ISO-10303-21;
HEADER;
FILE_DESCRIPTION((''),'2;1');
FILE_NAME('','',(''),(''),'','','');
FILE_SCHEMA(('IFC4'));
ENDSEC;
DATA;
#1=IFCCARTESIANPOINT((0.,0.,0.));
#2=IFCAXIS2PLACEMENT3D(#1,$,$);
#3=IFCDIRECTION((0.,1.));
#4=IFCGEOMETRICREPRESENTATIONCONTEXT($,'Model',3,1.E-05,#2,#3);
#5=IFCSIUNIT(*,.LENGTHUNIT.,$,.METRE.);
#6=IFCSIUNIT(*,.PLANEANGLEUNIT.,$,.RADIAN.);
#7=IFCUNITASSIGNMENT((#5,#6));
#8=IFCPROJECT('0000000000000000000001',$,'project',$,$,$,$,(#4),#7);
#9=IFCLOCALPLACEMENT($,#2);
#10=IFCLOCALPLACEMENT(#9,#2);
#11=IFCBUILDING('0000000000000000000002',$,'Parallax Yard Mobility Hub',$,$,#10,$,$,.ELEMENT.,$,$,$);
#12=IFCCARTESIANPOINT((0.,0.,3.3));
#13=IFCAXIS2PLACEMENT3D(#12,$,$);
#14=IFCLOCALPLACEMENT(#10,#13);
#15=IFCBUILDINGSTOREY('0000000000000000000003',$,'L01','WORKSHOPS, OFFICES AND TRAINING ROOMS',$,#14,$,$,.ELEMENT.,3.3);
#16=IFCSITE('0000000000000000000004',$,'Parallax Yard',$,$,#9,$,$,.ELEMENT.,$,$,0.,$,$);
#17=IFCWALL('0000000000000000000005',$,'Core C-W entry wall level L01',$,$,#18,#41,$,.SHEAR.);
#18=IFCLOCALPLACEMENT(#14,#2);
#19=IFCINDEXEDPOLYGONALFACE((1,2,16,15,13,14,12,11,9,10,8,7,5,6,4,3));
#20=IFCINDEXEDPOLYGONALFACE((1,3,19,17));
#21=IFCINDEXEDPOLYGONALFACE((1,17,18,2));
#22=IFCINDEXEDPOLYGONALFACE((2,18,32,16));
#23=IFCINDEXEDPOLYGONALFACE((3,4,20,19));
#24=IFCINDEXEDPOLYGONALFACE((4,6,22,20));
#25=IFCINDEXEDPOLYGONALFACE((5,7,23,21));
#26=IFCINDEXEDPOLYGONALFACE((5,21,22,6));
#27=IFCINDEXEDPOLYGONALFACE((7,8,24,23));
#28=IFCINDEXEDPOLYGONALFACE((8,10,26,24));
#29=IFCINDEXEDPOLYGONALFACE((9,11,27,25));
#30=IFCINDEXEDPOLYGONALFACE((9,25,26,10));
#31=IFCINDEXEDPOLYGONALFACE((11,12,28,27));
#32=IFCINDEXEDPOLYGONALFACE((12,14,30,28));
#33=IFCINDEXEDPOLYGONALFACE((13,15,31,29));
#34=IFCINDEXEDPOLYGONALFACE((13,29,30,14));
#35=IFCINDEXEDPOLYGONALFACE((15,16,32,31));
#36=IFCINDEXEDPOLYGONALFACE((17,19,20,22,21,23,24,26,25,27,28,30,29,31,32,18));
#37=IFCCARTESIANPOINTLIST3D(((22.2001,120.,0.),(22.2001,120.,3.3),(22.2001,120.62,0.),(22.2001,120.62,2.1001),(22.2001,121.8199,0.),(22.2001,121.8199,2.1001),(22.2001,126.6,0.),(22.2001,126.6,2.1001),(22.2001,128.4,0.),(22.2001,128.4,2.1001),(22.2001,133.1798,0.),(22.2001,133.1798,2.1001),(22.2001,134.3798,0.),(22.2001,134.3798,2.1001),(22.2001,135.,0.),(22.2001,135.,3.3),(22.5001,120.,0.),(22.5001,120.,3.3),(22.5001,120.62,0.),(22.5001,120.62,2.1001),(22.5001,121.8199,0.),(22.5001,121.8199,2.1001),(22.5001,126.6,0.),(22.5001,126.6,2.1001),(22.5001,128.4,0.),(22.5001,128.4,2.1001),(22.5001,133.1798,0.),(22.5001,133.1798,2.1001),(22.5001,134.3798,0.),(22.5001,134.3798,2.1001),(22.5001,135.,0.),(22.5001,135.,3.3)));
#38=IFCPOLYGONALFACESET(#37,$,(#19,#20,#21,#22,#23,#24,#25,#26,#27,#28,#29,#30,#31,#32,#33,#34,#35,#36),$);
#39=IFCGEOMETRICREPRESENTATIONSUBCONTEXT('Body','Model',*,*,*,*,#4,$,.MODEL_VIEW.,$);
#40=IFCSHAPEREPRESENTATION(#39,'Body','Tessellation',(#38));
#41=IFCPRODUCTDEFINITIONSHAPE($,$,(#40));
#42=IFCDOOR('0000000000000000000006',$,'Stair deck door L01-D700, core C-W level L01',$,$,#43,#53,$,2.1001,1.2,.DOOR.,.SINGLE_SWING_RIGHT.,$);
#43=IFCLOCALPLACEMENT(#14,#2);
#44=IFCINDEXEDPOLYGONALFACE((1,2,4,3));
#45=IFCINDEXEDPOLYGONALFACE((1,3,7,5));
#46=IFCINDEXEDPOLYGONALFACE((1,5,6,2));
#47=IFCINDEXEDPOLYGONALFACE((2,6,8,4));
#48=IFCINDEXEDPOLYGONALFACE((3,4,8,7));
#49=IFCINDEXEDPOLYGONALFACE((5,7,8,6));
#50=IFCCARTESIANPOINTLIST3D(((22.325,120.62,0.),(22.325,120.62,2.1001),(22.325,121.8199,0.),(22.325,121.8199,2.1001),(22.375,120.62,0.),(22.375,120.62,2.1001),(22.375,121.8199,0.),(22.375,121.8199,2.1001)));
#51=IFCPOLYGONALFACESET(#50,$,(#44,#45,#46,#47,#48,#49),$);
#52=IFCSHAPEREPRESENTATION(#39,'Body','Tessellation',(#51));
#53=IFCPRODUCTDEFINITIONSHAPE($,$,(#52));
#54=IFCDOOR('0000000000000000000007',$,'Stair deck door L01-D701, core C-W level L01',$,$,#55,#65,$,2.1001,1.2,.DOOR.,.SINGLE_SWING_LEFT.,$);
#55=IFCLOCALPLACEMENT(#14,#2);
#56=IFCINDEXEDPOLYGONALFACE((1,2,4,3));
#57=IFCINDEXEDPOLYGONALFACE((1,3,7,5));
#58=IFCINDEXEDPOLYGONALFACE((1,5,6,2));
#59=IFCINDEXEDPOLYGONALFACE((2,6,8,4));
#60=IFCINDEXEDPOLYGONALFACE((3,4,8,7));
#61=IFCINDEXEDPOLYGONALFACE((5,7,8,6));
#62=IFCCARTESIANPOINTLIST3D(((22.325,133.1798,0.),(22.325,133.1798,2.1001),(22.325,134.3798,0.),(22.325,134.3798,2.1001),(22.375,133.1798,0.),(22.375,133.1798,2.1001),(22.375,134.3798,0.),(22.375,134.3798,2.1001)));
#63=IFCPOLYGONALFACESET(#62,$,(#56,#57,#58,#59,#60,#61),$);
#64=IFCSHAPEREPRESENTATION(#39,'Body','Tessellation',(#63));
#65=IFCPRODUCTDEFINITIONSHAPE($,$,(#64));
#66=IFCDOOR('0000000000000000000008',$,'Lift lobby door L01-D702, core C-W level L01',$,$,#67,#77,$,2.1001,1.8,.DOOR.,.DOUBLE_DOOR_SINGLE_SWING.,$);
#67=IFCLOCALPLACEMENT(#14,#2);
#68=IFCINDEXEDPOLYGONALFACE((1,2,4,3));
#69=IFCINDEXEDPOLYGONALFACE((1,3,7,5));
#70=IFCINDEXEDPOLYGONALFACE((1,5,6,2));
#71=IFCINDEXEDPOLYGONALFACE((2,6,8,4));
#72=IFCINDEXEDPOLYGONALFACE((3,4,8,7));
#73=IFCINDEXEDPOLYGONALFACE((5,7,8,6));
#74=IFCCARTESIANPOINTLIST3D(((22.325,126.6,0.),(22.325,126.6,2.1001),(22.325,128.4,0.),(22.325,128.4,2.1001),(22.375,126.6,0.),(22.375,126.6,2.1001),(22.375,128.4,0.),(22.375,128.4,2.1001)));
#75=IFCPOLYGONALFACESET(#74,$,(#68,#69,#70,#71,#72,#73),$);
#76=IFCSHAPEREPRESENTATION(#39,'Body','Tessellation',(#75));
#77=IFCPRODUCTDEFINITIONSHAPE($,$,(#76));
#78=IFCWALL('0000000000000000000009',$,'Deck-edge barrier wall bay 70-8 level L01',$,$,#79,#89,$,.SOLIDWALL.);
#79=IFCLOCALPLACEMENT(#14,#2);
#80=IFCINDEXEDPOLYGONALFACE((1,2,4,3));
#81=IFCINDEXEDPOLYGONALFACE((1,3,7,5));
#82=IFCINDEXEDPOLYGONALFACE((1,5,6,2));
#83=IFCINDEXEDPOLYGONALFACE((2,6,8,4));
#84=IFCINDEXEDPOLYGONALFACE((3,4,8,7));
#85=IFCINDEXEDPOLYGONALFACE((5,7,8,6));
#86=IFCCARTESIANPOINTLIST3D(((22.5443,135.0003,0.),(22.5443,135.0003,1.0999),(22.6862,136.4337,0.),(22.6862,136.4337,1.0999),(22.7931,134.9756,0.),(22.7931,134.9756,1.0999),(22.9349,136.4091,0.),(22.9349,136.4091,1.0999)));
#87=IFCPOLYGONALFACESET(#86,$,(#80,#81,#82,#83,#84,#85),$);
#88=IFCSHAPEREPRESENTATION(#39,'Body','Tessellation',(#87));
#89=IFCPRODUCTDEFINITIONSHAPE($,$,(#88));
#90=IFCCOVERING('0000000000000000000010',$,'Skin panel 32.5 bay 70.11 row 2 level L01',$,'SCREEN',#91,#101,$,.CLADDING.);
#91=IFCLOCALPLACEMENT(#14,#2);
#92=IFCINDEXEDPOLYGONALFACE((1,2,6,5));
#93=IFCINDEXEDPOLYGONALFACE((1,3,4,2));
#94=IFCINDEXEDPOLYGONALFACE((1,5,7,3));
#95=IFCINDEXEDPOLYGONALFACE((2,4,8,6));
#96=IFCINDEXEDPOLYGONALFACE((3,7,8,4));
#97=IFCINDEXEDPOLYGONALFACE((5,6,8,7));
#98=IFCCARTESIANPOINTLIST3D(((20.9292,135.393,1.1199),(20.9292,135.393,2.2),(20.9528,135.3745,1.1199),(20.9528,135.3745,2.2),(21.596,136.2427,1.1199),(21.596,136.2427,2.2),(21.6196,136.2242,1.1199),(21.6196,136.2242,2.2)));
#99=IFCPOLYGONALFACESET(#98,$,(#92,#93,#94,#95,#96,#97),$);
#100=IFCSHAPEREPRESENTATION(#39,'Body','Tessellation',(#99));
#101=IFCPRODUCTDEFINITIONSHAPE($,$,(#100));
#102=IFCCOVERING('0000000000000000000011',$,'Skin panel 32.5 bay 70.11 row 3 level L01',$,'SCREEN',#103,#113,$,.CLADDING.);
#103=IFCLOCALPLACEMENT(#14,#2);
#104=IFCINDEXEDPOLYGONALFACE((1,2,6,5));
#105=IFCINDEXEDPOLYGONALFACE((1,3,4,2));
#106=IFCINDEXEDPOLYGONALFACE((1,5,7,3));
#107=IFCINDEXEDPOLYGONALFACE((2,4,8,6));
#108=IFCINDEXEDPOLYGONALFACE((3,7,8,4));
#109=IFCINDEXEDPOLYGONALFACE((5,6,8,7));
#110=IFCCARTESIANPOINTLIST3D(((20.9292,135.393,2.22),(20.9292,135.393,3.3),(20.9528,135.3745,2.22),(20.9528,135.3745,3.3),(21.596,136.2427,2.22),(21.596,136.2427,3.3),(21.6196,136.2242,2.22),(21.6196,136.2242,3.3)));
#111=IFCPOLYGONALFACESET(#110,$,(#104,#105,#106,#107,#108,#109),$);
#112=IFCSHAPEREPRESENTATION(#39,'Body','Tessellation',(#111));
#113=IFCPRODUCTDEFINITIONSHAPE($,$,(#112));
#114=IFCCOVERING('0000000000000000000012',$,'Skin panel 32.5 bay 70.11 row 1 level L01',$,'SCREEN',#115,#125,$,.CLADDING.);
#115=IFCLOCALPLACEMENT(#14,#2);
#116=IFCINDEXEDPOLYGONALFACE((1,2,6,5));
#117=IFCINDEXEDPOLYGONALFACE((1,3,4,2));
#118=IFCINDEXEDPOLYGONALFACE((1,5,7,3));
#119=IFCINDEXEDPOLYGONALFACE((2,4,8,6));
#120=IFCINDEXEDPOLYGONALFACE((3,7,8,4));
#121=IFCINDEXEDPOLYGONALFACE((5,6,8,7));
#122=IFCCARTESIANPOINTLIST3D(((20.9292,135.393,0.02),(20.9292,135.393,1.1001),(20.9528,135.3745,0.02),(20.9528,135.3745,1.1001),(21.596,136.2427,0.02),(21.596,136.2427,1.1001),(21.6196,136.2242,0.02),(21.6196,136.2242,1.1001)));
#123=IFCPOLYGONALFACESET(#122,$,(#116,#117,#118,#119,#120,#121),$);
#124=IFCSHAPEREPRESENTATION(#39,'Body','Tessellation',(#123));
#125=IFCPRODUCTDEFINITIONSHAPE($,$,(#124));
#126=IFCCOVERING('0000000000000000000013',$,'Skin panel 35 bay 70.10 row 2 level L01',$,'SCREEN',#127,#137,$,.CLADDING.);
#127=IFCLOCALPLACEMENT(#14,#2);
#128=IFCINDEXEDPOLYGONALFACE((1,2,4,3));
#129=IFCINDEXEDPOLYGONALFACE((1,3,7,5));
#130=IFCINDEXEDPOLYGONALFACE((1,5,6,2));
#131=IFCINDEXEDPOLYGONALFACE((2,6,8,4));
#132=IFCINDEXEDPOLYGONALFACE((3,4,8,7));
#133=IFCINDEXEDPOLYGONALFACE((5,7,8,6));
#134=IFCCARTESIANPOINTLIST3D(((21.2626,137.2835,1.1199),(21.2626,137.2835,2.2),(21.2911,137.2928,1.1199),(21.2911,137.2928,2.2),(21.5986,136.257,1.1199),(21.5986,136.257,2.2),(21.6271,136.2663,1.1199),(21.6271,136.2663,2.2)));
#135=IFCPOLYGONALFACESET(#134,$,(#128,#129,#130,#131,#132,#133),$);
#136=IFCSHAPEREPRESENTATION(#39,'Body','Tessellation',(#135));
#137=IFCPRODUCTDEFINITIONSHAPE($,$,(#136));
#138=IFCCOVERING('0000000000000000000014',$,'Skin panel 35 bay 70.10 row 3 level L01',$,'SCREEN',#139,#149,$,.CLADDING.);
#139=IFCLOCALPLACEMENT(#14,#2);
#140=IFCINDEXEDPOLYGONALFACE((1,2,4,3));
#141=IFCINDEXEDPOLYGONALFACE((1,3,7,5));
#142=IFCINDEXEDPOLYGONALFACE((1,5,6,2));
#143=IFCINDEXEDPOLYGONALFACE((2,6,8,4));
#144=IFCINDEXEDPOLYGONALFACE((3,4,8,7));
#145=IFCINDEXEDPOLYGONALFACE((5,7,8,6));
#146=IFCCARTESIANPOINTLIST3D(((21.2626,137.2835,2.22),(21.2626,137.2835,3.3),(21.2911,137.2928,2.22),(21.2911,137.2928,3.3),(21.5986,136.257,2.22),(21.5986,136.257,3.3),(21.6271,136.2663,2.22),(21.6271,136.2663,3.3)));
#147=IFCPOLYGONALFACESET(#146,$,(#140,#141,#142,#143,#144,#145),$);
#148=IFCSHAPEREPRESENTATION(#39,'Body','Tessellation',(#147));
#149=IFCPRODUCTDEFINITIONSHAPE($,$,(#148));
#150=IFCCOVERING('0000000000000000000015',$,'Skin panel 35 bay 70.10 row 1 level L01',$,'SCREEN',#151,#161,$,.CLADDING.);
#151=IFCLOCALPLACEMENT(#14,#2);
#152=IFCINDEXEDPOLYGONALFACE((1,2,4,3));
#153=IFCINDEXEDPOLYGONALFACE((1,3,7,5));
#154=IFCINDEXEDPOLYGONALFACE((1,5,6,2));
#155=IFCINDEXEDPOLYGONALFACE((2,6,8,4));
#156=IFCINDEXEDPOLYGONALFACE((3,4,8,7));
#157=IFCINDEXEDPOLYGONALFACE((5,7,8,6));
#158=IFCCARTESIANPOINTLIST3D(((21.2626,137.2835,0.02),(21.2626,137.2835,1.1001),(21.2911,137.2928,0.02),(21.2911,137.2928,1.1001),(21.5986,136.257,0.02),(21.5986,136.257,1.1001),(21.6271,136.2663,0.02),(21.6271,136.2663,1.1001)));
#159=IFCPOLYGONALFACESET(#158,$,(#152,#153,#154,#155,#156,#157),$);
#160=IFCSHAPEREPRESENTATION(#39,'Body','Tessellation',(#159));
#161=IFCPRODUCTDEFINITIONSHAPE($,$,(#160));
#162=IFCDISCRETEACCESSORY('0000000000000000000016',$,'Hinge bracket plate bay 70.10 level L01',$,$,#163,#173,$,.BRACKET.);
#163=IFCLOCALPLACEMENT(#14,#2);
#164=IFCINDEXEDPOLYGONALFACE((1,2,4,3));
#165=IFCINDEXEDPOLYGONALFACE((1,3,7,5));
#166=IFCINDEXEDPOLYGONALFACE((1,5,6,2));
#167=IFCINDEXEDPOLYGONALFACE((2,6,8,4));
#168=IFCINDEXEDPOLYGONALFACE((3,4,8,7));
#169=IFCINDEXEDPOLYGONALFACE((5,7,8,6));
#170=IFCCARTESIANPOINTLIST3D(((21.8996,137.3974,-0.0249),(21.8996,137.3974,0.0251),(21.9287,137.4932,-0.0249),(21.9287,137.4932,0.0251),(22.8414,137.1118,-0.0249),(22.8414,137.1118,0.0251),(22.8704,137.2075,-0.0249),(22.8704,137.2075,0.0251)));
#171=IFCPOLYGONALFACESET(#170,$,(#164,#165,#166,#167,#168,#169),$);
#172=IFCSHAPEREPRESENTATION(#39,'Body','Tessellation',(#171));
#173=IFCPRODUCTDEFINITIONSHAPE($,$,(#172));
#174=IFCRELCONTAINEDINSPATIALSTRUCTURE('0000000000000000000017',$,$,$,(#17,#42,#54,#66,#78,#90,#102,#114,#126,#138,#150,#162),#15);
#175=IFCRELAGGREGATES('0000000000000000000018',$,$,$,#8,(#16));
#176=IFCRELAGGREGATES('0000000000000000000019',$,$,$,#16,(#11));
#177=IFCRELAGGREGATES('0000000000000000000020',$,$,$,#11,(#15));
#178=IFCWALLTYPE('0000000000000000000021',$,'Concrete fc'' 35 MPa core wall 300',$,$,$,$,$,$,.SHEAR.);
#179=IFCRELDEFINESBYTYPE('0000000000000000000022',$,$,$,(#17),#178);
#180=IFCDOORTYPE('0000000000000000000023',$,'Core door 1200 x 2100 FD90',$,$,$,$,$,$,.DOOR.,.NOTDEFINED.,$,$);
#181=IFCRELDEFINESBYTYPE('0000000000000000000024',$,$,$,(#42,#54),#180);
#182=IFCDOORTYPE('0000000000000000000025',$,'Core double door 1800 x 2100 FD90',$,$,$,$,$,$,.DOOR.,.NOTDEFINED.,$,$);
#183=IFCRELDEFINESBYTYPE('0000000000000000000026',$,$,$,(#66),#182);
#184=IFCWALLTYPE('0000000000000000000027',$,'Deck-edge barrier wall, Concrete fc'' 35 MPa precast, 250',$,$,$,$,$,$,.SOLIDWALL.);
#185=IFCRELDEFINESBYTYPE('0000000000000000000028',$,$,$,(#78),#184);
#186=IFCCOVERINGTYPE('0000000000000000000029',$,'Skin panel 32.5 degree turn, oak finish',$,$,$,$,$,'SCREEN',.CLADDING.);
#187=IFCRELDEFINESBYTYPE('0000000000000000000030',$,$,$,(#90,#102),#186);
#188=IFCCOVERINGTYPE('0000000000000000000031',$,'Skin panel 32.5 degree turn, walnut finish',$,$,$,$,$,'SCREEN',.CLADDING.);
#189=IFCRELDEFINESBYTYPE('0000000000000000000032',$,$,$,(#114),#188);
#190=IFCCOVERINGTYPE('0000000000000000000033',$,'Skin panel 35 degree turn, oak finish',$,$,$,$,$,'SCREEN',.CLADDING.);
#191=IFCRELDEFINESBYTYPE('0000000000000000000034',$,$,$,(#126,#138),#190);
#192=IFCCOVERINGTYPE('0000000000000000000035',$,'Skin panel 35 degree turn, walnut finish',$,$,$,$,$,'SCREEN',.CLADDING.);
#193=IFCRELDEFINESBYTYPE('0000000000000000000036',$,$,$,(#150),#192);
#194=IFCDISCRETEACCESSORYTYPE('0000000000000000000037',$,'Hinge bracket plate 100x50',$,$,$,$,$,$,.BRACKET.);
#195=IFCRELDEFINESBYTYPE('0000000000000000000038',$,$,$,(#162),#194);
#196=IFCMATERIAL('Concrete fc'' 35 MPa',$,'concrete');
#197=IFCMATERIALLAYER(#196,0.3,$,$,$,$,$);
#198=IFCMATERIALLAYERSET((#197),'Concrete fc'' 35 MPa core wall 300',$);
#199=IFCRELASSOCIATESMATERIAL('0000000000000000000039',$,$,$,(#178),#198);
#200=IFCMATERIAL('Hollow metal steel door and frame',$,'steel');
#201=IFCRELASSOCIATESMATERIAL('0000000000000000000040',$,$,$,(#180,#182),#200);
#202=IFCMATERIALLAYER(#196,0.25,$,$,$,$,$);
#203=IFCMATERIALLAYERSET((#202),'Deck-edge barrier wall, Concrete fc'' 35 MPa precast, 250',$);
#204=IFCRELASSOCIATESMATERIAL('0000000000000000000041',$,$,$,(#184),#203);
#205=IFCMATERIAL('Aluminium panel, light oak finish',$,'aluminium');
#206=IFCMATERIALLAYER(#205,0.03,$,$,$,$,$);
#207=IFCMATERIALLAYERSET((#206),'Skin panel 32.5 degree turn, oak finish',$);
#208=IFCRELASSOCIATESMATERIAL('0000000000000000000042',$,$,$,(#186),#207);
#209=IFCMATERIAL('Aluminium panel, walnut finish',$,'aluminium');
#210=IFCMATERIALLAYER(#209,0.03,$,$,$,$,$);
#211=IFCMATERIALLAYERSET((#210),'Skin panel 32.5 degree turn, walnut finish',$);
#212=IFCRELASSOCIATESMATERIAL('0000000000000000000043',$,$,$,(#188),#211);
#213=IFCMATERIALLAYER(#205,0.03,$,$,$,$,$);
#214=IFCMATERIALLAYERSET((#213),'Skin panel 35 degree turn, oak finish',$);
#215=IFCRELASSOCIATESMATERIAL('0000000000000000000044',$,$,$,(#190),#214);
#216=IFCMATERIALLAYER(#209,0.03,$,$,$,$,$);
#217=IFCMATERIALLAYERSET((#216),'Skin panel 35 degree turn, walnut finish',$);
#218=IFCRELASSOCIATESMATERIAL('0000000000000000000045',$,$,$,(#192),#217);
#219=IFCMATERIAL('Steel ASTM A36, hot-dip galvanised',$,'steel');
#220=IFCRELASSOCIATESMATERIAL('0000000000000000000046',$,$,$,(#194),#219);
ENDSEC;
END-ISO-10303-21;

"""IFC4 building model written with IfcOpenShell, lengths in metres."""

from ifc_helpers import new_model, si_unit, direction, frame, frame_2d, origin, origin_2d, place, context, subcontext, project, spatial, rectangle, extrude, material, layer, layer_set, type_object, element, fill, save


model = new_model("IFC4")

# Units and contexts
model_context = context("Model", 3, precision=1e-05, world=origin(), true_north=direction((0.0, 1.0)))
body_context = subcontext(model_context, "Body", "Model", "MODEL_VIEW")
ifc_project = project(units=[si_unit("LENGTHUNIT", "METRE"), si_unit("PLANEANGLEUNIT", "RADIAN")], contexts=[model_context])

# Site, building, storey
site_placement = place(None, origin())
site = spatial("IfcSite", under=ifc_project, at=site_placement, Name="Parallax Yard", CompositionType="ELEMENT", RefElevation=0.0)
building_placement = place(site_placement, origin())
building = spatial("IfcBuilding", under=site, at=building_placement, Name="Parallax Yard Mobility Hub", CompositionType="ELEMENT")
storey_placement = place(building_placement, frame((0.0, 0.0, 3.3)))
storey = spatial("IfcBuildingStorey", under=building, at=storey_placement, Name="L01", Description="WORKSHOPS, OFFICES AND TRAINING ROOMS", CompositionType="ELEMENT", Elevation=3.3)

# Wall, openings, doors
ifc_material_1 = material(Name="Concrete fc' 35 MPa", Category="concrete")
ifc_layer_1 = layer(ifc_material_1, 0.3)
ifc_layer_set_1 = layer_set([ifc_layer_1], Name="Concrete fc' 35 MPa core wall 300")
wall_type_1 = type_object("IfcWallType", Name="Concrete fc' 35 MPa core wall 300", PredefinedType="SHEAR", material=ifc_layer_set_1)
wall_1_placement = place(storey_placement, frame((22.3501, 135.0, 0.0), z_axis=(0.0, 0.0, 1.0), x_axis=(0.0, -1.0, 0.0)))
wall_1 = element("IfcWall", 1, at=wall_1_placement, inside=storey, type_object=wall_type_1, Name="Core C-W entry wall level L01", PredefinedType="SHEAR", context=body_context, shape_type="SweptSolid", body=[
    extrude(rectangle(XDim=15.0, YDim=0.3, at=frame_2d((7.5, 0.0))), origin(), (0.0, 0.0, 1.0), 3.3),
])
opening_1_placement = place(wall_1_placement, frame((13.1799, 0.0, 0.0)))
opening_1 = element("IfcOpeningElement", 2, at=opening_1_placement, cuts=wall_1, PredefinedType="OPENING", context=body_context, shape_type="SweptSolid", body=[
    extrude(rectangle(XDim=1.2, YDim=2.1001, at=frame_2d((0.6001, 1.05))), frame((0.0, 0.1602, 0.0), z_axis=(0.0, -1.0, 0.0), x_axis=(1.0, 0.0, 0.0)), (0.0, 0.0, 1.0), 0.3201),
])
opening_2_placement = place(wall_1_placement, frame((0.6201, 0.0, 0.0)))
opening_2 = element("IfcOpeningElement", 3, at=opening_2_placement, cuts=wall_1, PredefinedType="OPENING", context=body_context, shape_type="SweptSolid", body=[
    extrude(rectangle(XDim=1.2, YDim=2.1001, at=frame_2d((0.6001, 1.05))), frame((0.0, 0.1602, 0.0), z_axis=(0.0, -1.0, 0.0), x_axis=(1.0, 0.0, 0.0)), (0.0, 0.0, 1.0), 0.3201),
])
opening_3_placement = place(wall_1_placement, frame((6.6001, 0.0, 0.0)))
opening_3 = element("IfcOpeningElement", 4, at=opening_3_placement, cuts=wall_1, PredefinedType="OPENING", context=body_context, shape_type="SweptSolid", body=[
    extrude(rectangle(XDim=1.8, YDim=2.1001, at=frame_2d((0.8999, 1.05))), frame((0.0, 0.1602, 0.0), z_axis=(0.0, -1.0, 0.0), x_axis=(1.0, 0.0, 0.0)), (0.0, 0.0, 1.0), 0.3201),
])
ifc_material_2 = material(Name="Hollow metal steel door and frame", Category="steel")
door_type_1 = type_object("IfcDoorType", Name="Core door 1200 x 2100 FD90", OperationType="NOTDEFINED", PredefinedType="DOOR", material=ifc_material_2)
door_1_placement = place(opening_1_placement, origin())
door_1 = element("IfcDoor", 5, at=door_1_placement, inside=storey, type_object=door_type_1, Name="Stair deck door L01-D700, core C-W level L01", OperationType="SINGLE_SWING_RIGHT", OverallHeight=2.1001, OverallWidth=1.2, PredefinedType="DOOR", context=body_context, shape_type="SweptSolid", body=[
    extrude(rectangle(XDim=1.2, YDim=2.1001, at=frame_2d((0.6001, 1.05))), frame((0.0, 0.0249, 0.0), z_axis=(0.0, -1.0, 0.0), x_axis=(1.0, 0.0, 0.0)), (0.0, 0.0, 1.0), 0.05),
])
fill(opening_1, door_1)
door_2_placement = place(opening_2_placement, origin())
door_2 = element("IfcDoor", 6, at=door_2_placement, inside=storey, type_object=door_type_1, Name="Stair deck door L01-D701, core C-W level L01", OperationType="SINGLE_SWING_LEFT", OverallHeight=2.1001, OverallWidth=1.2, PredefinedType="DOOR", context=body_context, shape_type="SweptSolid", body=[
    extrude(rectangle(XDim=1.2, YDim=2.1001, at=frame_2d((0.6001, 1.05))), frame((0.0, 0.0249, 0.0), z_axis=(0.0, -1.0, 0.0), x_axis=(1.0, 0.0, 0.0)), (0.0, 0.0, 1.0), 0.05),
])
fill(opening_2, door_2)
door_type_2 = type_object("IfcDoorType", Name="Core double door 1800 x 2100 FD90", OperationType="NOTDEFINED", PredefinedType="DOOR", material=ifc_material_2)
door_3_placement = place(opening_3_placement, origin())
door_3 = element("IfcDoor", 7, at=door_3_placement, inside=storey, type_object=door_type_2, Name="Lift lobby door L01-D702, core C-W level L01", OperationType="DOUBLE_DOOR_SINGLE_SWING", OverallHeight=2.1001, OverallWidth=1.8, PredefinedType="DOOR", context=body_context, shape_type="SweptSolid", body=[
    extrude(rectangle(XDim=1.8, YDim=2.1001, at=frame_2d((0.8999, 1.05))), frame((0.0, 0.0249, 0.0), z_axis=(0.0, -1.0, 0.0), x_axis=(1.0, 0.0, 0.0)), (0.0, 0.0, 1.0), 0.05),
])
fill(opening_3, door_3)

# Wall
ifc_layer_2 = layer(ifc_material_1, 0.25)
ifc_layer_set_2 = layer_set([ifc_layer_2], Name="Deck-edge barrier wall, Concrete fc' 35 MPa precast, 250")
wall_type_2 = type_object("IfcWallType", Name="Deck-edge barrier wall, Concrete fc' 35 MPa precast, 250", PredefinedType="SOLIDWALL", material=ifc_layer_set_2)
wall_2_placement = place(storey_placement, frame((22.8105, 136.4214, 0.0), z_axis=(0.0, 0.0, 1.0), x_axis=(-0.09848, -0.995139, 0.0)))
element("IfcWall", 8, at=wall_2_placement, inside=storey, type_object=wall_type_2, Name="Deck-edge barrier wall bay 70-8 level L01", PredefinedType="SOLIDWALL", context=body_context, shape_type="SweptSolid", body=[
    extrude(rectangle(XDim=1.4404, YDim=0.25, at=frame_2d((0.7202, 0.0))), origin(), (0.0, 0.0, 1.0), 1.0999),
])

# Coverings
ifc_material_3 = material(Name="Aluminium panel, light oak finish", Category="aluminium")
ifc_layer_3 = layer(ifc_material_3, 0.03)
ifc_layer_set_3 = layer_set([ifc_layer_3], Name="Skin panel 32.5 degree turn, oak finish")
covering_type_1 = type_object("IfcCoveringType", Name="Skin panel 32.5 degree turn, oak finish", ElementType="SCREEN", PredefinedType="CLADDING", material=ifc_layer_set_3)
for number, where, z_axis, x_axis, name in (
    (9, (21.2744, 135.8086, 1.1199), (0.0, 0.0, 1.0), (-0.617379, -0.786666, 0.0), "Skin panel 32.5 bay 70.11 row 2 level L01"),
    (10, (21.2744, 135.8086, 2.22), (0.0, 0.0, 1.0), (-0.617379, -0.786666, 0.0), "Skin panel 32.5 bay 70.11 row 3 level L01"),
):
    element("IfcCovering", number, at=place(storey_placement, frame(where, z_axis=z_axis, x_axis=x_axis)), inside=storey, type_object=covering_type_1, Name=name, ObjectType="SCREEN", PredefinedType="CLADDING", context=body_context, shape_type="SweptSolid", body=[
        extrude(rectangle(XDim=1.0801, YDim=0.03, at=origin_2d()), origin(), (0.0, 0.0, 1.0), 1.0801),
    ])
ifc_material_4 = material(Name="Aluminium panel, walnut finish", Category="aluminium")
ifc_layer_4 = layer(ifc_material_4, 0.03)
ifc_layer_set_4 = layer_set([ifc_layer_4], Name="Skin panel 32.5 degree turn, walnut finish")
covering_type_2 = type_object("IfcCoveringType", Name="Skin panel 32.5 degree turn, walnut finish", ElementType="SCREEN", PredefinedType="CLADDING", material=ifc_layer_set_4)
covering_1_placement = place(storey_placement, frame((21.2744, 135.8086, 0.02), z_axis=(0.0, 0.0, 1.0), x_axis=(-0.617379, -0.786666, 0.0)))
element("IfcCovering", 11, at=covering_1_placement, inside=storey, type_object=covering_type_2, Name="Skin panel 32.5 bay 70.11 row 1 level L01", ObjectType="SCREEN", PredefinedType="CLADDING", context=body_context, shape_type="SweptSolid", body=[
    extrude(rectangle(XDim=1.0801, YDim=0.03, at=origin_2d()), origin(), (0.0, 0.0, 1.0), 1.0801),
])
ifc_layer_5 = layer(ifc_material_3, 0.03)
ifc_layer_set_5 = layer_set([ifc_layer_5], Name="Skin panel 35 degree turn, oak finish")
covering_type_3 = type_object("IfcCoveringType", Name="Skin panel 35 degree turn, oak finish", ElementType="SCREEN", PredefinedType="CLADDING", material=ifc_layer_set_5)
for number, where, z_axis, x_axis, name in (
    (12, (21.4448, 136.7749, 1.1199), (0.0, 0.0, 1.0), (-0.311091, 0.95038, 0.0), "Skin panel 35 bay 70.10 row 2 level L01"),
    (13, (21.4448, 136.7749, 2.22), (0.0, 0.0, 1.0), (-0.311091, 0.95038, 0.0), "Skin panel 35 bay 70.10 row 3 level L01"),
):
    element("IfcCovering", number, at=place(storey_placement, frame(where, z_axis=z_axis, x_axis=x_axis)), inside=storey, type_object=covering_type_3, Name=name, ObjectType="SCREEN", PredefinedType="CLADDING", context=body_context, shape_type="SweptSolid", body=[
        extrude(rectangle(XDim=1.0801, YDim=0.03, at=origin_2d()), origin(), (0.0, 0.0, 1.0), 1.0801),
    ])
ifc_layer_6 = layer(ifc_material_4, 0.03)
ifc_layer_set_6 = layer_set([ifc_layer_6], Name="Skin panel 35 degree turn, walnut finish")
covering_type_4 = type_object("IfcCoveringType", Name="Skin panel 35 degree turn, walnut finish", ElementType="SCREEN", PredefinedType="CLADDING", material=ifc_layer_set_6)
covering_2_placement = place(storey_placement, frame((21.4448, 136.7749, 0.02), z_axis=(0.0, 0.0, 1.0), x_axis=(-0.311091, 0.95038, 0.0)))
element("IfcCovering", 14, at=covering_2_placement, inside=storey, type_object=covering_type_4, Name="Skin panel 35 bay 70.10 row 1 level L01", ObjectType="SCREEN", PredefinedType="CLADDING", context=body_context, shape_type="SweptSolid", body=[
    extrude(rectangle(XDim=1.0801, YDim=0.03, at=origin_2d()), origin(), (0.0, 0.0, 1.0), 1.0801),
])

# Discrete accessory
ifc_material_5 = material(Name="Steel ASTM A36, hot-dip galvanised", Category="steel")
discrete_accessory_type_1 = type_object("IfcDiscreteAccessoryType", Name="Hinge bracket plate 100x50", PredefinedType="BRACKET", material=ifc_material_5)
for number, where, z_axis, x_axis, name in (
    (15, (22.385, 137.3025, -0.0249), (0.0, 0.0, 1.0), (-0.95694, 0.290285, 0.0), "Hinge bracket plate bay 70.10 level L01"),
):
    element("IfcDiscreteAccessory", number, at=place(storey_placement, frame(where, z_axis=z_axis, x_axis=x_axis)), inside=storey, type_object=discrete_accessory_type_1, Name=name, PredefinedType="BRACKET", context=body_context, shape_type="SweptSolid", body=[
        extrude(rectangle(XDim=0.9841, YDim=0.1001, at=origin_2d()), origin(), (0.0, 0.0, 1.0), 0.05),
    ])

save(model, "model.ifc")
